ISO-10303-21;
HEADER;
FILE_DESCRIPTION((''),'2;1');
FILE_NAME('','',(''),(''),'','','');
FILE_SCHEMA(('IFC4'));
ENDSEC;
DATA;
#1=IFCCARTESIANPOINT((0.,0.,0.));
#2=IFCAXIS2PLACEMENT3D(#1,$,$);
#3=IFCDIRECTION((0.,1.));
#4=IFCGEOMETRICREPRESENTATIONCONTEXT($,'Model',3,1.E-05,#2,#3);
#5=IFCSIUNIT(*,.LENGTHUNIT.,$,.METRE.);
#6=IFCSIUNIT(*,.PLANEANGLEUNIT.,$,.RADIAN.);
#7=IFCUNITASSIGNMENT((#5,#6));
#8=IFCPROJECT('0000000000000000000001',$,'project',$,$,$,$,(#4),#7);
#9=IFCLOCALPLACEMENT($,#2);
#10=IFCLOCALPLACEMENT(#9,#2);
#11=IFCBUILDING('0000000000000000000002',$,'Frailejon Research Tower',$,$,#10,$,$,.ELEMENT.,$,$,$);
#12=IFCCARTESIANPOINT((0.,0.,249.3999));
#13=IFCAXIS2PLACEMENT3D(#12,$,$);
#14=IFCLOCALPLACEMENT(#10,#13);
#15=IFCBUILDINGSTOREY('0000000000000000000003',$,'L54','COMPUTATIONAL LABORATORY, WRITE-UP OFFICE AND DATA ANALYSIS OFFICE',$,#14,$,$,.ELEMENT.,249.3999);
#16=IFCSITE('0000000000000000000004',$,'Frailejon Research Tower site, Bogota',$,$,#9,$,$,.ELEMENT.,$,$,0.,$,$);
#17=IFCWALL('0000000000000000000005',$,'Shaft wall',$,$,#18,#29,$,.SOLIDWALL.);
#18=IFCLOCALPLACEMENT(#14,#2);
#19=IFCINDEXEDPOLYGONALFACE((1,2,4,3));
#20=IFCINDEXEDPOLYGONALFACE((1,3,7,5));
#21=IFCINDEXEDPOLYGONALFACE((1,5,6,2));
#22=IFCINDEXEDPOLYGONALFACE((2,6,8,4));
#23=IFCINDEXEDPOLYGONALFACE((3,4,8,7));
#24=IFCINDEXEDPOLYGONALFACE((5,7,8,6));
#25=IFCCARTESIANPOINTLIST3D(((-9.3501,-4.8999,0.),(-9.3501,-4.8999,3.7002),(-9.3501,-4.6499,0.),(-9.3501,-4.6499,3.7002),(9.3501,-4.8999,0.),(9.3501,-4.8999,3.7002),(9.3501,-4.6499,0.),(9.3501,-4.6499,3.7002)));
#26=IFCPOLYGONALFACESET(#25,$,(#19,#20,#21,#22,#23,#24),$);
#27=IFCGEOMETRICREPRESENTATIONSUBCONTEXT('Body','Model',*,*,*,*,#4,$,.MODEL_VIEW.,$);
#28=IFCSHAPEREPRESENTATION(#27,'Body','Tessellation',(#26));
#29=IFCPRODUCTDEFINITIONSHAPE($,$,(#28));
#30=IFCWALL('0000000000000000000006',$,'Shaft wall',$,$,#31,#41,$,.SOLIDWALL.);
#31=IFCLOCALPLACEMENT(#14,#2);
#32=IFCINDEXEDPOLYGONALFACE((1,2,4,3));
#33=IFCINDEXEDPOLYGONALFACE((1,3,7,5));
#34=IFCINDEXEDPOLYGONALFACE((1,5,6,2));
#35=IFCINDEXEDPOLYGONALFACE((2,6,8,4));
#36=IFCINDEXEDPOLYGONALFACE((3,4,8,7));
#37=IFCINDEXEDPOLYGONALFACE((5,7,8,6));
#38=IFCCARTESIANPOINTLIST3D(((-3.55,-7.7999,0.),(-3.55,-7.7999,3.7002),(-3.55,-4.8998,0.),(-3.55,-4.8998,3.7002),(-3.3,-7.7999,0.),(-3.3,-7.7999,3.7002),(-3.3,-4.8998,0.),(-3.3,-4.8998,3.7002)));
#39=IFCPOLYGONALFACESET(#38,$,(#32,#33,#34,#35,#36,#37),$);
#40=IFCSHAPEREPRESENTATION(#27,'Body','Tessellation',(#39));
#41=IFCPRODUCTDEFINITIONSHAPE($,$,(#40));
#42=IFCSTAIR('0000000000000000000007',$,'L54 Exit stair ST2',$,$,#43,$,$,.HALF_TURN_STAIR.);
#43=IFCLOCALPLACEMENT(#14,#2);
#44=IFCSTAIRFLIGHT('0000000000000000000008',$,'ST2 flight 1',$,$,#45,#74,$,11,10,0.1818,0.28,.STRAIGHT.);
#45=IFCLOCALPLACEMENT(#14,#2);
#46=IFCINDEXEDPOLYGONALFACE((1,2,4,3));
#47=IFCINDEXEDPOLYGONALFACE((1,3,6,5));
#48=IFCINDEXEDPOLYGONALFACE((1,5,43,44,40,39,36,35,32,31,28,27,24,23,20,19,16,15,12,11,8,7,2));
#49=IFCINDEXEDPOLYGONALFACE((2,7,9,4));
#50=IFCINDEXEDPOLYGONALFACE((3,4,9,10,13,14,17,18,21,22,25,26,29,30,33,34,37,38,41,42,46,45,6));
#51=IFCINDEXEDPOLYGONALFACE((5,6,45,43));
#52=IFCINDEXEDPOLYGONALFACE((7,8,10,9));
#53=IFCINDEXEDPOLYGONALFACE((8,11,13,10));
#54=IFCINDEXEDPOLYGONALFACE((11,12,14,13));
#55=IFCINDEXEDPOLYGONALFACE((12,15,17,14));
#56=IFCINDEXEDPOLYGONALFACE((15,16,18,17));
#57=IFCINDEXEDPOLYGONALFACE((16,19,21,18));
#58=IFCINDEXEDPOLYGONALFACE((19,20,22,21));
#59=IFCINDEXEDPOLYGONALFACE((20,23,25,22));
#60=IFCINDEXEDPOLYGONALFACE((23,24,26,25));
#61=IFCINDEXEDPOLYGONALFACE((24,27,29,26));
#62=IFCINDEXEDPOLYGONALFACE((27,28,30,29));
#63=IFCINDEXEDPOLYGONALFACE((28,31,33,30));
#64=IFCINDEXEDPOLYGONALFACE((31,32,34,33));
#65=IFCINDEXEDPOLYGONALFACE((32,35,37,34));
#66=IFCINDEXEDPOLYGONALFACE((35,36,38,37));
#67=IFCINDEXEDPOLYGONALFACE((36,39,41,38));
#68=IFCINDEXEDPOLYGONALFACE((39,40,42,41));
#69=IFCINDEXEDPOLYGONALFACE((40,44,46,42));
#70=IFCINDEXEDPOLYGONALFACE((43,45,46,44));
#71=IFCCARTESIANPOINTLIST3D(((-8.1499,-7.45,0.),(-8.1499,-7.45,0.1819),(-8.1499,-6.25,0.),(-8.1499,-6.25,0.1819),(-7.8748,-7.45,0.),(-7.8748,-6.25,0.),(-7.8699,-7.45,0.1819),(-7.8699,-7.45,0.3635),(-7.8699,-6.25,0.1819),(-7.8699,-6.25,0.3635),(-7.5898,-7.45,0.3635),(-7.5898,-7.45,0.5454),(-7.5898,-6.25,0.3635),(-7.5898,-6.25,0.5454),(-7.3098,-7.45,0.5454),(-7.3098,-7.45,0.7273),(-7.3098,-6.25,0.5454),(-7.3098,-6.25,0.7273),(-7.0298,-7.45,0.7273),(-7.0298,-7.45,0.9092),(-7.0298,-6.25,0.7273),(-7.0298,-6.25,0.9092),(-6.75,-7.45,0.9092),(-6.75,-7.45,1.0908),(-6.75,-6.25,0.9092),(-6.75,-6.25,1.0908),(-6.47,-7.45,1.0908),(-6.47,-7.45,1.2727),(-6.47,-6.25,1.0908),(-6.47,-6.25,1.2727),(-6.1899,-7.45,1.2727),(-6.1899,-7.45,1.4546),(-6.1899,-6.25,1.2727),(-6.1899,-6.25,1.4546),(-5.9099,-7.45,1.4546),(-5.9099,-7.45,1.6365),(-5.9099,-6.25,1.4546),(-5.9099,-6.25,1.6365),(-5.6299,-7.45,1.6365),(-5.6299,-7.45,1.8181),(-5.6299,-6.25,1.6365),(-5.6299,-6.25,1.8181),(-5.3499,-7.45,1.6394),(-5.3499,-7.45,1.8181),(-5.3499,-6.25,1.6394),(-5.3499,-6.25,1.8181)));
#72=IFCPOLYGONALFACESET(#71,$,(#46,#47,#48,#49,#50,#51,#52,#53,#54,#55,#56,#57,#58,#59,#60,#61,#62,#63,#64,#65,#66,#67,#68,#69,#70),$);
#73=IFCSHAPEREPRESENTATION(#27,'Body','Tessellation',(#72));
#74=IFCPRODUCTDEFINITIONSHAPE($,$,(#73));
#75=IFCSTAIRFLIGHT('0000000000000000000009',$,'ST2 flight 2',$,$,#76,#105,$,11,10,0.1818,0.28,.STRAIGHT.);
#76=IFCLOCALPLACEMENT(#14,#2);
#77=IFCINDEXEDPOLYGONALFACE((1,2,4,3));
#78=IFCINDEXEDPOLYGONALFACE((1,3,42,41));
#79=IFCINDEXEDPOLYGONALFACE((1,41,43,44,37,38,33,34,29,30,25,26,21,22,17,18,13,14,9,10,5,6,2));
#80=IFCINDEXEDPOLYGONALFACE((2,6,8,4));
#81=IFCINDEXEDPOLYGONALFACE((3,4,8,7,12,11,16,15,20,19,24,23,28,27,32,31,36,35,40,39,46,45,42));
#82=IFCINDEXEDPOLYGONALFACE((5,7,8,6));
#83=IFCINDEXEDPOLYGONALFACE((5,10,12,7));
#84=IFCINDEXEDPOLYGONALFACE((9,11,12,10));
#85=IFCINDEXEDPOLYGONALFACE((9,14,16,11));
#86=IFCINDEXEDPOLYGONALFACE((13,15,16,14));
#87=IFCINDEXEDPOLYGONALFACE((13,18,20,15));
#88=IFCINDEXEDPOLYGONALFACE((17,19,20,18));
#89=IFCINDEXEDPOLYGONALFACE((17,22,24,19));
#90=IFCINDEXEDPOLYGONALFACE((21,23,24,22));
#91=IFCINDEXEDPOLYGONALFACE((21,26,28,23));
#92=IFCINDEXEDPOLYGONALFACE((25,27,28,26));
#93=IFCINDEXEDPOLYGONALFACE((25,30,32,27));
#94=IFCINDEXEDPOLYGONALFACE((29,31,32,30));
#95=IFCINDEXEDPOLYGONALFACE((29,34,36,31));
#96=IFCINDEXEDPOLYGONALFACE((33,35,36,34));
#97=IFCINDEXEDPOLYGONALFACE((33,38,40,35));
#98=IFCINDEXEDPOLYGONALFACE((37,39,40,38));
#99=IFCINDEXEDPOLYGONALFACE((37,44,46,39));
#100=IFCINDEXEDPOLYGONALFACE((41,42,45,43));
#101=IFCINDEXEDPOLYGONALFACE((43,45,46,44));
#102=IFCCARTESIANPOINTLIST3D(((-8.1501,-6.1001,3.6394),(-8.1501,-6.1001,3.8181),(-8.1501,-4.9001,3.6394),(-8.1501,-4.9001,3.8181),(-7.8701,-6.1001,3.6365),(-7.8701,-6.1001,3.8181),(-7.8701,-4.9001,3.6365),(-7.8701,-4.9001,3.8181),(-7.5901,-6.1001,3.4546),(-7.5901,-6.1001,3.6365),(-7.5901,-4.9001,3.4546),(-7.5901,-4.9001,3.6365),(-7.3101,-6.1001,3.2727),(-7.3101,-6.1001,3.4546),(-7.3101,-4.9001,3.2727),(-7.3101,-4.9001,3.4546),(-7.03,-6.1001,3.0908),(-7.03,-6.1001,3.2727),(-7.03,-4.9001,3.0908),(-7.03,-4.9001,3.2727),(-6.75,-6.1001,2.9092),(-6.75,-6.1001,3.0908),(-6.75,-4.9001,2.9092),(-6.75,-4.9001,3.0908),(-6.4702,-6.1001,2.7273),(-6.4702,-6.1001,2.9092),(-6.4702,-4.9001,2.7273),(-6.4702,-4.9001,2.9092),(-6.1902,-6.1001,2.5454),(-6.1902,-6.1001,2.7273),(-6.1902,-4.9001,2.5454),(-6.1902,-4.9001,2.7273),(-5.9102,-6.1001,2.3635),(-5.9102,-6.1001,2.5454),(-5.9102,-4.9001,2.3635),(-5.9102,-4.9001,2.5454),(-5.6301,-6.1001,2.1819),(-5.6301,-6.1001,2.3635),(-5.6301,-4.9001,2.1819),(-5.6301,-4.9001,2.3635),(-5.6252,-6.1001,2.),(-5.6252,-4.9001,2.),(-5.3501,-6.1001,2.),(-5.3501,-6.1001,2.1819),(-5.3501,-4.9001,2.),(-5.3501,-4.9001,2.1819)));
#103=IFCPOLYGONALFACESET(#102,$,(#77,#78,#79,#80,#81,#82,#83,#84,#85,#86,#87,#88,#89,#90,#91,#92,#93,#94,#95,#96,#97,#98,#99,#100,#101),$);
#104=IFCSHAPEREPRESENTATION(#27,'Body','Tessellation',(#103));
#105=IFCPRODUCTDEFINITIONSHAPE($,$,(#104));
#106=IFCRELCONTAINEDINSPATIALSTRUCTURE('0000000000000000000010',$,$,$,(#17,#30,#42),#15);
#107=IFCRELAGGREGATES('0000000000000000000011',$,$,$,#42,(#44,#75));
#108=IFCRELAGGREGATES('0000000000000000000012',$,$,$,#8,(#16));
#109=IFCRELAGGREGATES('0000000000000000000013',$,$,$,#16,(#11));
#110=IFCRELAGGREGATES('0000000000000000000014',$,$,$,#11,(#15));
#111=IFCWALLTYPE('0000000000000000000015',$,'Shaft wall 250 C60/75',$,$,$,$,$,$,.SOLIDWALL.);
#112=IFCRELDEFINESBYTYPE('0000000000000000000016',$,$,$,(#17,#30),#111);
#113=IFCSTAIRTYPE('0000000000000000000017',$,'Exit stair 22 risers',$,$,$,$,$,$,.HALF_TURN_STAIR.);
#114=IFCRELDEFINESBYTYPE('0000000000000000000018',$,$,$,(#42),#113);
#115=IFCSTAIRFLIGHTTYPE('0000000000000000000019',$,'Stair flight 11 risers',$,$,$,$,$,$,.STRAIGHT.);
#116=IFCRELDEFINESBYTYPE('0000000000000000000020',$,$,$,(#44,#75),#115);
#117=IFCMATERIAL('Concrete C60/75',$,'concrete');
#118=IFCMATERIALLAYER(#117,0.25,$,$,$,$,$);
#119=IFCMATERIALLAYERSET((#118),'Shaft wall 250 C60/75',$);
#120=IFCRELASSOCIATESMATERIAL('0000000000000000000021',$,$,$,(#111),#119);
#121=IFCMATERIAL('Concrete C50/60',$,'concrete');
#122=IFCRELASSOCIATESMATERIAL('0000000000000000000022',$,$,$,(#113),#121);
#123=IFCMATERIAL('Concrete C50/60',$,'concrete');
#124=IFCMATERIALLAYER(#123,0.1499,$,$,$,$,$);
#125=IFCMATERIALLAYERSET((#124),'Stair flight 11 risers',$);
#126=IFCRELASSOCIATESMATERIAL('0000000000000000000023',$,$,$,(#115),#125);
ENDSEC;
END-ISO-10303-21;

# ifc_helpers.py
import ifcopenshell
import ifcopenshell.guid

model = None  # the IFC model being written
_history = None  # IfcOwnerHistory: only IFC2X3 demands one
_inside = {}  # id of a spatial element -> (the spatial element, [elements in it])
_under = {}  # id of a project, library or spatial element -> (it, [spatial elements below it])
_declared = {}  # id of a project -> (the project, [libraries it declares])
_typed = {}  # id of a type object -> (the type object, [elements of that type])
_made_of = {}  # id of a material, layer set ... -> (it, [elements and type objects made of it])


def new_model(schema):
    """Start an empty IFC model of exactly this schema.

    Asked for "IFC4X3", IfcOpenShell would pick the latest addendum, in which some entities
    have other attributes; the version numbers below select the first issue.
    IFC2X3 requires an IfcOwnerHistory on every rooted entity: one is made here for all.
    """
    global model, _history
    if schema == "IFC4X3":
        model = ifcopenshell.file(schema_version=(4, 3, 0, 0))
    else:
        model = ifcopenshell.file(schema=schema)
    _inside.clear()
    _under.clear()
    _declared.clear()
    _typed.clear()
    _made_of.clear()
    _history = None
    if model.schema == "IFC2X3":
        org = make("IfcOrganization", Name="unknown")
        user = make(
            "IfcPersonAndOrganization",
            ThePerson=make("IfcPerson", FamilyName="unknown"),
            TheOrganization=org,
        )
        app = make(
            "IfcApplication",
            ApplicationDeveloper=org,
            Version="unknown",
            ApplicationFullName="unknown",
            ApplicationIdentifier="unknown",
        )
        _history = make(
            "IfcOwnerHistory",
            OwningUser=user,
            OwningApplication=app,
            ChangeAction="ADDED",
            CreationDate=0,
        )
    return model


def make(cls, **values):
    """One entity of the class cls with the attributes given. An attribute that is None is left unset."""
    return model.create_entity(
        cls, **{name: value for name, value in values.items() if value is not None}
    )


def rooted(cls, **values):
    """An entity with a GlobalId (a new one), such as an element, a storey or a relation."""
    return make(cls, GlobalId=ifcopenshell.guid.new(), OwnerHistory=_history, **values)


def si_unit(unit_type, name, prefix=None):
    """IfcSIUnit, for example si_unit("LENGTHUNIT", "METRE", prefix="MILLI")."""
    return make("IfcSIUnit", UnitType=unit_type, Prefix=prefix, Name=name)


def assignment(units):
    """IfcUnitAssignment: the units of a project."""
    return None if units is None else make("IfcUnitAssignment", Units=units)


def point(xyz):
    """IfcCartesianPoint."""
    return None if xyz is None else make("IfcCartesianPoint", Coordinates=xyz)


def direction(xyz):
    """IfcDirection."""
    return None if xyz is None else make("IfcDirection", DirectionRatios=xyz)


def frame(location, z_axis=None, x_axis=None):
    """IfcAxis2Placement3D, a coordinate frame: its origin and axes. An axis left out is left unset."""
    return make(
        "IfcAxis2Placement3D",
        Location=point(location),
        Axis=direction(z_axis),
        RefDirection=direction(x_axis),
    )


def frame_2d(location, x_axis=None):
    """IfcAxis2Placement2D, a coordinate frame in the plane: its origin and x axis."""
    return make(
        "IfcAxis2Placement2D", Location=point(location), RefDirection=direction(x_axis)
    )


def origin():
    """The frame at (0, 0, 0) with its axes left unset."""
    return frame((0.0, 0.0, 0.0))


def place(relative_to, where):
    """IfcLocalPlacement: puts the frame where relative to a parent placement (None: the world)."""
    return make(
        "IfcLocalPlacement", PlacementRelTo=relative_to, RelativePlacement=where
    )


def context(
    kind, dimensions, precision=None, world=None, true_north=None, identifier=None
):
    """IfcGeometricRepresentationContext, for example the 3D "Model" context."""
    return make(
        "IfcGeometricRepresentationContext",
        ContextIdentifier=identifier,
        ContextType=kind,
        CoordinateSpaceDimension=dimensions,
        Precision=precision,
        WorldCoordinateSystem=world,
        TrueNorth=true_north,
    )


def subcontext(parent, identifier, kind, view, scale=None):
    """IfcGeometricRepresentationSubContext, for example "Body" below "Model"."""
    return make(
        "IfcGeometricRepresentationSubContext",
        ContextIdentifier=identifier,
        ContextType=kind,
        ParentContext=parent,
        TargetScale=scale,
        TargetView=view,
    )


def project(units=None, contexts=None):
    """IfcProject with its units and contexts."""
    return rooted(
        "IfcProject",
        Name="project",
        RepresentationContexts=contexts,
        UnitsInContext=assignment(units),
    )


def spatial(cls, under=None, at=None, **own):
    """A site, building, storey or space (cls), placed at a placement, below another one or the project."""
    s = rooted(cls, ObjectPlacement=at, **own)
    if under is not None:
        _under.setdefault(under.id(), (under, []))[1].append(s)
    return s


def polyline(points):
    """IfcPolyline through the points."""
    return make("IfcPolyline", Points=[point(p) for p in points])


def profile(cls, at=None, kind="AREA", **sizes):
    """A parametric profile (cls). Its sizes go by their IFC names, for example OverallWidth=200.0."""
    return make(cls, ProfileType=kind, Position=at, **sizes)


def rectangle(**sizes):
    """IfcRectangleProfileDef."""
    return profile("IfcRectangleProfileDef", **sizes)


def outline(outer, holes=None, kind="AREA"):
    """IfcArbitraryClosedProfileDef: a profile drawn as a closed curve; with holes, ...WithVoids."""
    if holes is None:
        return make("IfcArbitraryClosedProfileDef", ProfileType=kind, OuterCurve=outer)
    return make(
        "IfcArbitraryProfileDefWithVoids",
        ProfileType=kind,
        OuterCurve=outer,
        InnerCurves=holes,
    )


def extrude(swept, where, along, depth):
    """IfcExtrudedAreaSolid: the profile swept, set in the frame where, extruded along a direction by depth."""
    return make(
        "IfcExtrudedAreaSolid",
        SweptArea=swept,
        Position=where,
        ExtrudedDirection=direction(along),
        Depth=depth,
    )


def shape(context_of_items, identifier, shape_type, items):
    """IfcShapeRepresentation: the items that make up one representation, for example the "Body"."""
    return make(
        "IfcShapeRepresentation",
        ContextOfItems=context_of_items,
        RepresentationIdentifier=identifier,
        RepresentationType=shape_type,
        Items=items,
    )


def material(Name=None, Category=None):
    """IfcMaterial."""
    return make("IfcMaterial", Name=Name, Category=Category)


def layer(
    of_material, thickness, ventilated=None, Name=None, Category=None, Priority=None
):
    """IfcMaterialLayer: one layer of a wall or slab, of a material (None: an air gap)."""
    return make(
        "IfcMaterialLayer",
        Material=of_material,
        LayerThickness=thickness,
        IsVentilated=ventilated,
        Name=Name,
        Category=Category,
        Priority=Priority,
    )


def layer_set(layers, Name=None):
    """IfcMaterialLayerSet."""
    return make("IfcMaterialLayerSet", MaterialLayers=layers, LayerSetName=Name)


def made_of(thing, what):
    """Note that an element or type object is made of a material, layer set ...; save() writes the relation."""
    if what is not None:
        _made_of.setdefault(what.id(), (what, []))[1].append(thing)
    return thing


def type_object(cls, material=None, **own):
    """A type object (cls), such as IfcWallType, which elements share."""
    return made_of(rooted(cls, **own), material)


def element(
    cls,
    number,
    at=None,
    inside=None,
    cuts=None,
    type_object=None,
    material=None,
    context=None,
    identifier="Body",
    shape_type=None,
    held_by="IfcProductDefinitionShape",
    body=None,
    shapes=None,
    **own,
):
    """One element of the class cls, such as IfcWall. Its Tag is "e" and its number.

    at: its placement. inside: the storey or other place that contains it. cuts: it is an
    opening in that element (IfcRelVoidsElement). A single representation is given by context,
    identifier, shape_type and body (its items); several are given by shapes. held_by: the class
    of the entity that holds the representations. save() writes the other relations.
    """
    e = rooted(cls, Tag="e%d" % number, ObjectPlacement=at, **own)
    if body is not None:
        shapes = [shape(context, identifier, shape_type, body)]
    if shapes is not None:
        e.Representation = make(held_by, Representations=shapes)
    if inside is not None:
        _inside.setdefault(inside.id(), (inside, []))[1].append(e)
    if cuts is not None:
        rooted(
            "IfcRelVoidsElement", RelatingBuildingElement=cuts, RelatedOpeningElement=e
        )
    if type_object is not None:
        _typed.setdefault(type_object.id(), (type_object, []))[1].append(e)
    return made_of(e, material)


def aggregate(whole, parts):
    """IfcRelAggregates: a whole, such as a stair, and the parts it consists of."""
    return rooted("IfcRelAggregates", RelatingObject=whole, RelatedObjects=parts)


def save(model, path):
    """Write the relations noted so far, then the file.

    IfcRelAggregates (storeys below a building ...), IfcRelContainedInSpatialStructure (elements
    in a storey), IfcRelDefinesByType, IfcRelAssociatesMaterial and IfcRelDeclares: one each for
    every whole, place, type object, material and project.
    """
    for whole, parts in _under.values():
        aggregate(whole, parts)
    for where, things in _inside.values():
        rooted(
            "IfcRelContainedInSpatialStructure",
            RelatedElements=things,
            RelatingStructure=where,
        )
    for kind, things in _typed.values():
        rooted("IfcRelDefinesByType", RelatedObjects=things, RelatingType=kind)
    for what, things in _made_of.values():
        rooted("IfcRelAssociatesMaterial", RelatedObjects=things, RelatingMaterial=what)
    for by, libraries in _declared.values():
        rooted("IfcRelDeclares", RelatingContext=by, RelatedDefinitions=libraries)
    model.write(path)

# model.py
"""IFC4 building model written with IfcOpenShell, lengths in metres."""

from ifc_helpers import new_model, si_unit, direction, frame, frame_2d, origin, place, context, subcontext, project, spatial, polyline, rectangle, outline, extrude, material, layer, layer_set, type_object, element, aggregate, save


model = new_model("IFC4")

# Units and contexts
model_context = context("Model", 3, precision=1e-05, world=origin(), true_north=direction((0.0, 1.0)))
body_context = subcontext(model_context, "Body", "Model", "MODEL_VIEW")
ifc_project = project(units=[si_unit("LENGTHUNIT", "METRE"), si_unit("PLANEANGLEUNIT", "RADIAN")], contexts=[model_context])

# Site, building, storey
site_placement = place(None, origin())
site = spatial("IfcSite", under=ifc_project, at=site_placement, Name="Frailejon Research Tower site, Bogota", CompositionType="ELEMENT", RefElevation=0.0)
building_placement = place(site_placement, origin())
building = spatial("IfcBuilding", under=site, at=building_placement, Name="Frailejon Research Tower", CompositionType="ELEMENT")
storey_placement = place(building_placement, frame((0.0, 0.0, 249.3999)))
storey = spatial("IfcBuildingStorey", under=building, at=storey_placement, Name="L54", Description="COMPUTATIONAL LABORATORY, WRITE-UP OFFICE AND DATA ANALYSIS OFFICE", CompositionType="ELEMENT", Elevation=249.3999)

# Shared definitions
ifc_material_1 = material(Name="Concrete C60/75", Category="concrete")
ifc_layer_1 = layer(ifc_material_1, 0.25)
ifc_layer_set_1 = layer_set([ifc_layer_1], Name="Shaft wall 250 C60/75")
wall_type_1 = type_object("IfcWallType", Name="Shaft wall 250 C60/75", PredefinedType="SOLIDWALL", material=ifc_layer_set_1)

# Walls
wall_1_placement = place(storey_placement, frame((-9.3501, -4.7749, 0.0), z_axis=(0.0, 0.0, 1.0), x_axis=(1.0, 0.0, 0.0)))
element("IfcWall", 1, at=wall_1_placement, inside=storey, type_object=wall_type_1, Name="Shaft wall", PredefinedType="SOLIDWALL", context=body_context, shape_type="SweptSolid", body=[
    extrude(rectangle(XDim=18.7002, YDim=0.25, at=frame_2d((9.3501, 0.0))), origin(), (0.0, 0.0, 1.0), 3.7002),
])
wall_2_placement = place(storey_placement, frame((-3.425, -7.8, 0.0), z_axis=(0.0, 0.0, 1.0), x_axis=(0.0, 1.0, 0.0)))
element("IfcWall", 2, at=wall_2_placement, inside=storey, type_object=wall_type_1, Name="Shaft wall", PredefinedType="SOLIDWALL", context=body_context, shape_type="SweptSolid", body=[
    extrude(rectangle(XDim=2.9001, YDim=0.25, at=frame_2d((1.4502, 0.0))), origin(), (0.0, 0.0, 1.0), 3.7002),
])

# Stair, stair flights
ifc_material_2 = material(Name="Concrete C50/60", Category="concrete")
stair_type = type_object("IfcStairType", Name="Exit stair 22 risers", PredefinedType="HALF_TURN_STAIR", material=ifc_material_2)
stair_placement = place(storey_placement, origin())
stair = element("IfcStair", 3, at=stair_placement, inside=storey, type_object=stair_type, Name="L54 Exit stair ST2", PredefinedType="HALF_TURN_STAIR")
ifc_material_3 = material(Name="Concrete C50/60", Category="concrete")
ifc_layer_2 = layer(ifc_material_3, 0.1499)
ifc_layer_set_2 = layer_set([ifc_layer_2], Name="Stair flight 11 risers")
stair_flight_type = type_object("IfcStairFlightType", Name="Stair flight 11 risers", PredefinedType="STRAIGHT", material=ifc_layer_set_2)
stair_flight_1_placement = place(storey_placement, frame((-8.1499, -6.8501, 0.0), z_axis=(0.0, 0.0, 1.0), x_axis=(1.0, 0.0, 0.0)))
stair_flight_1 = element("IfcStairFlight", 4, at=stair_flight_1_placement, type_object=stair_flight_type, Name="ST2 flight 1", NumberOfRisers=11, NumberOfTreads=10, PredefinedType="STRAIGHT", RiserHeight=0.1818, TreadLength=0.28, context=body_context, shape_type="SweptSolid", body=[
    extrude(outline(polyline([(0.0, 0.0), (0.0, 0.1819), (0.28, 0.1819), (0.28, 0.3635), (0.5601, 0.3635), (0.5601, 0.5454), (0.8401, 0.5454), (0.8401, 0.7273), (1.1201, 0.7273), (1.1201, 0.9092), (1.3999, 0.9092), (1.3999, 1.0908), (1.6799, 1.0908), (1.6799, 1.2727), (1.96, 1.2727), (1.96, 1.4546), (2.24, 1.4546), (2.24, 1.6365), (2.52, 1.6365), (2.52, 1.8181), (2.8, 1.8181), (2.8, 2.0), (2.8, 1.6394), (0.2751, 0.0), (0.0, 0.0)])), frame((0.0, 0.6001, 0.0), z_axis=(0.0, -1.0, 0.0), x_axis=(1.0, 0.0, 0.0)), (0.0, 0.0, 1.0), 1.2),
])
stair_flight_2_placement = place(storey_placement, frame((-5.3501, -5.5, 2.0), z_axis=(0.0, 0.0, 1.0), x_axis=(-1.0, 0.0, 0.0)))
stair_flight_2 = element("IfcStairFlight", 5, at=stair_flight_2_placement, type_object=stair_flight_type, Name="ST2 flight 2", NumberOfRisers=11, NumberOfTreads=10, PredefinedType="STRAIGHT", RiserHeight=0.1818, TreadLength=0.28, context=body_context, shape_type="SweptSolid", body=[
    extrude(outline(polyline([(0.0, 0.0), (0.0, 0.1819), (0.28, 0.1819), (0.28, 0.3635), (0.5601, 0.3635), (0.5601, 0.5454), (0.8401, 0.5454), (0.8401, 0.7273), (1.1201, 0.7273), (1.1201, 0.9092), (1.3999, 0.9092), (1.3999, 1.0908), (1.6799, 1.0908), (1.6799, 1.2727), (1.96, 1.2727), (1.96, 1.4546), (2.24, 1.4546), (2.24, 1.6365), (2.52, 1.6365), (2.52, 1.8181), (2.8, 1.8181), (2.8, 2.0), (2.8, 1.6394), (0.2751, 0.0), (0.0, 0.0)])), frame((0.0, 0.6001, 0.0), z_axis=(0.0, -1.0, 0.0), x_axis=(1.0, 0.0, 0.0)), (0.0, 0.0, 1.0), 1.2),
])
aggregate(stair, [stair_flight_1, stair_flight_2])

save(model, "model.ifc")
